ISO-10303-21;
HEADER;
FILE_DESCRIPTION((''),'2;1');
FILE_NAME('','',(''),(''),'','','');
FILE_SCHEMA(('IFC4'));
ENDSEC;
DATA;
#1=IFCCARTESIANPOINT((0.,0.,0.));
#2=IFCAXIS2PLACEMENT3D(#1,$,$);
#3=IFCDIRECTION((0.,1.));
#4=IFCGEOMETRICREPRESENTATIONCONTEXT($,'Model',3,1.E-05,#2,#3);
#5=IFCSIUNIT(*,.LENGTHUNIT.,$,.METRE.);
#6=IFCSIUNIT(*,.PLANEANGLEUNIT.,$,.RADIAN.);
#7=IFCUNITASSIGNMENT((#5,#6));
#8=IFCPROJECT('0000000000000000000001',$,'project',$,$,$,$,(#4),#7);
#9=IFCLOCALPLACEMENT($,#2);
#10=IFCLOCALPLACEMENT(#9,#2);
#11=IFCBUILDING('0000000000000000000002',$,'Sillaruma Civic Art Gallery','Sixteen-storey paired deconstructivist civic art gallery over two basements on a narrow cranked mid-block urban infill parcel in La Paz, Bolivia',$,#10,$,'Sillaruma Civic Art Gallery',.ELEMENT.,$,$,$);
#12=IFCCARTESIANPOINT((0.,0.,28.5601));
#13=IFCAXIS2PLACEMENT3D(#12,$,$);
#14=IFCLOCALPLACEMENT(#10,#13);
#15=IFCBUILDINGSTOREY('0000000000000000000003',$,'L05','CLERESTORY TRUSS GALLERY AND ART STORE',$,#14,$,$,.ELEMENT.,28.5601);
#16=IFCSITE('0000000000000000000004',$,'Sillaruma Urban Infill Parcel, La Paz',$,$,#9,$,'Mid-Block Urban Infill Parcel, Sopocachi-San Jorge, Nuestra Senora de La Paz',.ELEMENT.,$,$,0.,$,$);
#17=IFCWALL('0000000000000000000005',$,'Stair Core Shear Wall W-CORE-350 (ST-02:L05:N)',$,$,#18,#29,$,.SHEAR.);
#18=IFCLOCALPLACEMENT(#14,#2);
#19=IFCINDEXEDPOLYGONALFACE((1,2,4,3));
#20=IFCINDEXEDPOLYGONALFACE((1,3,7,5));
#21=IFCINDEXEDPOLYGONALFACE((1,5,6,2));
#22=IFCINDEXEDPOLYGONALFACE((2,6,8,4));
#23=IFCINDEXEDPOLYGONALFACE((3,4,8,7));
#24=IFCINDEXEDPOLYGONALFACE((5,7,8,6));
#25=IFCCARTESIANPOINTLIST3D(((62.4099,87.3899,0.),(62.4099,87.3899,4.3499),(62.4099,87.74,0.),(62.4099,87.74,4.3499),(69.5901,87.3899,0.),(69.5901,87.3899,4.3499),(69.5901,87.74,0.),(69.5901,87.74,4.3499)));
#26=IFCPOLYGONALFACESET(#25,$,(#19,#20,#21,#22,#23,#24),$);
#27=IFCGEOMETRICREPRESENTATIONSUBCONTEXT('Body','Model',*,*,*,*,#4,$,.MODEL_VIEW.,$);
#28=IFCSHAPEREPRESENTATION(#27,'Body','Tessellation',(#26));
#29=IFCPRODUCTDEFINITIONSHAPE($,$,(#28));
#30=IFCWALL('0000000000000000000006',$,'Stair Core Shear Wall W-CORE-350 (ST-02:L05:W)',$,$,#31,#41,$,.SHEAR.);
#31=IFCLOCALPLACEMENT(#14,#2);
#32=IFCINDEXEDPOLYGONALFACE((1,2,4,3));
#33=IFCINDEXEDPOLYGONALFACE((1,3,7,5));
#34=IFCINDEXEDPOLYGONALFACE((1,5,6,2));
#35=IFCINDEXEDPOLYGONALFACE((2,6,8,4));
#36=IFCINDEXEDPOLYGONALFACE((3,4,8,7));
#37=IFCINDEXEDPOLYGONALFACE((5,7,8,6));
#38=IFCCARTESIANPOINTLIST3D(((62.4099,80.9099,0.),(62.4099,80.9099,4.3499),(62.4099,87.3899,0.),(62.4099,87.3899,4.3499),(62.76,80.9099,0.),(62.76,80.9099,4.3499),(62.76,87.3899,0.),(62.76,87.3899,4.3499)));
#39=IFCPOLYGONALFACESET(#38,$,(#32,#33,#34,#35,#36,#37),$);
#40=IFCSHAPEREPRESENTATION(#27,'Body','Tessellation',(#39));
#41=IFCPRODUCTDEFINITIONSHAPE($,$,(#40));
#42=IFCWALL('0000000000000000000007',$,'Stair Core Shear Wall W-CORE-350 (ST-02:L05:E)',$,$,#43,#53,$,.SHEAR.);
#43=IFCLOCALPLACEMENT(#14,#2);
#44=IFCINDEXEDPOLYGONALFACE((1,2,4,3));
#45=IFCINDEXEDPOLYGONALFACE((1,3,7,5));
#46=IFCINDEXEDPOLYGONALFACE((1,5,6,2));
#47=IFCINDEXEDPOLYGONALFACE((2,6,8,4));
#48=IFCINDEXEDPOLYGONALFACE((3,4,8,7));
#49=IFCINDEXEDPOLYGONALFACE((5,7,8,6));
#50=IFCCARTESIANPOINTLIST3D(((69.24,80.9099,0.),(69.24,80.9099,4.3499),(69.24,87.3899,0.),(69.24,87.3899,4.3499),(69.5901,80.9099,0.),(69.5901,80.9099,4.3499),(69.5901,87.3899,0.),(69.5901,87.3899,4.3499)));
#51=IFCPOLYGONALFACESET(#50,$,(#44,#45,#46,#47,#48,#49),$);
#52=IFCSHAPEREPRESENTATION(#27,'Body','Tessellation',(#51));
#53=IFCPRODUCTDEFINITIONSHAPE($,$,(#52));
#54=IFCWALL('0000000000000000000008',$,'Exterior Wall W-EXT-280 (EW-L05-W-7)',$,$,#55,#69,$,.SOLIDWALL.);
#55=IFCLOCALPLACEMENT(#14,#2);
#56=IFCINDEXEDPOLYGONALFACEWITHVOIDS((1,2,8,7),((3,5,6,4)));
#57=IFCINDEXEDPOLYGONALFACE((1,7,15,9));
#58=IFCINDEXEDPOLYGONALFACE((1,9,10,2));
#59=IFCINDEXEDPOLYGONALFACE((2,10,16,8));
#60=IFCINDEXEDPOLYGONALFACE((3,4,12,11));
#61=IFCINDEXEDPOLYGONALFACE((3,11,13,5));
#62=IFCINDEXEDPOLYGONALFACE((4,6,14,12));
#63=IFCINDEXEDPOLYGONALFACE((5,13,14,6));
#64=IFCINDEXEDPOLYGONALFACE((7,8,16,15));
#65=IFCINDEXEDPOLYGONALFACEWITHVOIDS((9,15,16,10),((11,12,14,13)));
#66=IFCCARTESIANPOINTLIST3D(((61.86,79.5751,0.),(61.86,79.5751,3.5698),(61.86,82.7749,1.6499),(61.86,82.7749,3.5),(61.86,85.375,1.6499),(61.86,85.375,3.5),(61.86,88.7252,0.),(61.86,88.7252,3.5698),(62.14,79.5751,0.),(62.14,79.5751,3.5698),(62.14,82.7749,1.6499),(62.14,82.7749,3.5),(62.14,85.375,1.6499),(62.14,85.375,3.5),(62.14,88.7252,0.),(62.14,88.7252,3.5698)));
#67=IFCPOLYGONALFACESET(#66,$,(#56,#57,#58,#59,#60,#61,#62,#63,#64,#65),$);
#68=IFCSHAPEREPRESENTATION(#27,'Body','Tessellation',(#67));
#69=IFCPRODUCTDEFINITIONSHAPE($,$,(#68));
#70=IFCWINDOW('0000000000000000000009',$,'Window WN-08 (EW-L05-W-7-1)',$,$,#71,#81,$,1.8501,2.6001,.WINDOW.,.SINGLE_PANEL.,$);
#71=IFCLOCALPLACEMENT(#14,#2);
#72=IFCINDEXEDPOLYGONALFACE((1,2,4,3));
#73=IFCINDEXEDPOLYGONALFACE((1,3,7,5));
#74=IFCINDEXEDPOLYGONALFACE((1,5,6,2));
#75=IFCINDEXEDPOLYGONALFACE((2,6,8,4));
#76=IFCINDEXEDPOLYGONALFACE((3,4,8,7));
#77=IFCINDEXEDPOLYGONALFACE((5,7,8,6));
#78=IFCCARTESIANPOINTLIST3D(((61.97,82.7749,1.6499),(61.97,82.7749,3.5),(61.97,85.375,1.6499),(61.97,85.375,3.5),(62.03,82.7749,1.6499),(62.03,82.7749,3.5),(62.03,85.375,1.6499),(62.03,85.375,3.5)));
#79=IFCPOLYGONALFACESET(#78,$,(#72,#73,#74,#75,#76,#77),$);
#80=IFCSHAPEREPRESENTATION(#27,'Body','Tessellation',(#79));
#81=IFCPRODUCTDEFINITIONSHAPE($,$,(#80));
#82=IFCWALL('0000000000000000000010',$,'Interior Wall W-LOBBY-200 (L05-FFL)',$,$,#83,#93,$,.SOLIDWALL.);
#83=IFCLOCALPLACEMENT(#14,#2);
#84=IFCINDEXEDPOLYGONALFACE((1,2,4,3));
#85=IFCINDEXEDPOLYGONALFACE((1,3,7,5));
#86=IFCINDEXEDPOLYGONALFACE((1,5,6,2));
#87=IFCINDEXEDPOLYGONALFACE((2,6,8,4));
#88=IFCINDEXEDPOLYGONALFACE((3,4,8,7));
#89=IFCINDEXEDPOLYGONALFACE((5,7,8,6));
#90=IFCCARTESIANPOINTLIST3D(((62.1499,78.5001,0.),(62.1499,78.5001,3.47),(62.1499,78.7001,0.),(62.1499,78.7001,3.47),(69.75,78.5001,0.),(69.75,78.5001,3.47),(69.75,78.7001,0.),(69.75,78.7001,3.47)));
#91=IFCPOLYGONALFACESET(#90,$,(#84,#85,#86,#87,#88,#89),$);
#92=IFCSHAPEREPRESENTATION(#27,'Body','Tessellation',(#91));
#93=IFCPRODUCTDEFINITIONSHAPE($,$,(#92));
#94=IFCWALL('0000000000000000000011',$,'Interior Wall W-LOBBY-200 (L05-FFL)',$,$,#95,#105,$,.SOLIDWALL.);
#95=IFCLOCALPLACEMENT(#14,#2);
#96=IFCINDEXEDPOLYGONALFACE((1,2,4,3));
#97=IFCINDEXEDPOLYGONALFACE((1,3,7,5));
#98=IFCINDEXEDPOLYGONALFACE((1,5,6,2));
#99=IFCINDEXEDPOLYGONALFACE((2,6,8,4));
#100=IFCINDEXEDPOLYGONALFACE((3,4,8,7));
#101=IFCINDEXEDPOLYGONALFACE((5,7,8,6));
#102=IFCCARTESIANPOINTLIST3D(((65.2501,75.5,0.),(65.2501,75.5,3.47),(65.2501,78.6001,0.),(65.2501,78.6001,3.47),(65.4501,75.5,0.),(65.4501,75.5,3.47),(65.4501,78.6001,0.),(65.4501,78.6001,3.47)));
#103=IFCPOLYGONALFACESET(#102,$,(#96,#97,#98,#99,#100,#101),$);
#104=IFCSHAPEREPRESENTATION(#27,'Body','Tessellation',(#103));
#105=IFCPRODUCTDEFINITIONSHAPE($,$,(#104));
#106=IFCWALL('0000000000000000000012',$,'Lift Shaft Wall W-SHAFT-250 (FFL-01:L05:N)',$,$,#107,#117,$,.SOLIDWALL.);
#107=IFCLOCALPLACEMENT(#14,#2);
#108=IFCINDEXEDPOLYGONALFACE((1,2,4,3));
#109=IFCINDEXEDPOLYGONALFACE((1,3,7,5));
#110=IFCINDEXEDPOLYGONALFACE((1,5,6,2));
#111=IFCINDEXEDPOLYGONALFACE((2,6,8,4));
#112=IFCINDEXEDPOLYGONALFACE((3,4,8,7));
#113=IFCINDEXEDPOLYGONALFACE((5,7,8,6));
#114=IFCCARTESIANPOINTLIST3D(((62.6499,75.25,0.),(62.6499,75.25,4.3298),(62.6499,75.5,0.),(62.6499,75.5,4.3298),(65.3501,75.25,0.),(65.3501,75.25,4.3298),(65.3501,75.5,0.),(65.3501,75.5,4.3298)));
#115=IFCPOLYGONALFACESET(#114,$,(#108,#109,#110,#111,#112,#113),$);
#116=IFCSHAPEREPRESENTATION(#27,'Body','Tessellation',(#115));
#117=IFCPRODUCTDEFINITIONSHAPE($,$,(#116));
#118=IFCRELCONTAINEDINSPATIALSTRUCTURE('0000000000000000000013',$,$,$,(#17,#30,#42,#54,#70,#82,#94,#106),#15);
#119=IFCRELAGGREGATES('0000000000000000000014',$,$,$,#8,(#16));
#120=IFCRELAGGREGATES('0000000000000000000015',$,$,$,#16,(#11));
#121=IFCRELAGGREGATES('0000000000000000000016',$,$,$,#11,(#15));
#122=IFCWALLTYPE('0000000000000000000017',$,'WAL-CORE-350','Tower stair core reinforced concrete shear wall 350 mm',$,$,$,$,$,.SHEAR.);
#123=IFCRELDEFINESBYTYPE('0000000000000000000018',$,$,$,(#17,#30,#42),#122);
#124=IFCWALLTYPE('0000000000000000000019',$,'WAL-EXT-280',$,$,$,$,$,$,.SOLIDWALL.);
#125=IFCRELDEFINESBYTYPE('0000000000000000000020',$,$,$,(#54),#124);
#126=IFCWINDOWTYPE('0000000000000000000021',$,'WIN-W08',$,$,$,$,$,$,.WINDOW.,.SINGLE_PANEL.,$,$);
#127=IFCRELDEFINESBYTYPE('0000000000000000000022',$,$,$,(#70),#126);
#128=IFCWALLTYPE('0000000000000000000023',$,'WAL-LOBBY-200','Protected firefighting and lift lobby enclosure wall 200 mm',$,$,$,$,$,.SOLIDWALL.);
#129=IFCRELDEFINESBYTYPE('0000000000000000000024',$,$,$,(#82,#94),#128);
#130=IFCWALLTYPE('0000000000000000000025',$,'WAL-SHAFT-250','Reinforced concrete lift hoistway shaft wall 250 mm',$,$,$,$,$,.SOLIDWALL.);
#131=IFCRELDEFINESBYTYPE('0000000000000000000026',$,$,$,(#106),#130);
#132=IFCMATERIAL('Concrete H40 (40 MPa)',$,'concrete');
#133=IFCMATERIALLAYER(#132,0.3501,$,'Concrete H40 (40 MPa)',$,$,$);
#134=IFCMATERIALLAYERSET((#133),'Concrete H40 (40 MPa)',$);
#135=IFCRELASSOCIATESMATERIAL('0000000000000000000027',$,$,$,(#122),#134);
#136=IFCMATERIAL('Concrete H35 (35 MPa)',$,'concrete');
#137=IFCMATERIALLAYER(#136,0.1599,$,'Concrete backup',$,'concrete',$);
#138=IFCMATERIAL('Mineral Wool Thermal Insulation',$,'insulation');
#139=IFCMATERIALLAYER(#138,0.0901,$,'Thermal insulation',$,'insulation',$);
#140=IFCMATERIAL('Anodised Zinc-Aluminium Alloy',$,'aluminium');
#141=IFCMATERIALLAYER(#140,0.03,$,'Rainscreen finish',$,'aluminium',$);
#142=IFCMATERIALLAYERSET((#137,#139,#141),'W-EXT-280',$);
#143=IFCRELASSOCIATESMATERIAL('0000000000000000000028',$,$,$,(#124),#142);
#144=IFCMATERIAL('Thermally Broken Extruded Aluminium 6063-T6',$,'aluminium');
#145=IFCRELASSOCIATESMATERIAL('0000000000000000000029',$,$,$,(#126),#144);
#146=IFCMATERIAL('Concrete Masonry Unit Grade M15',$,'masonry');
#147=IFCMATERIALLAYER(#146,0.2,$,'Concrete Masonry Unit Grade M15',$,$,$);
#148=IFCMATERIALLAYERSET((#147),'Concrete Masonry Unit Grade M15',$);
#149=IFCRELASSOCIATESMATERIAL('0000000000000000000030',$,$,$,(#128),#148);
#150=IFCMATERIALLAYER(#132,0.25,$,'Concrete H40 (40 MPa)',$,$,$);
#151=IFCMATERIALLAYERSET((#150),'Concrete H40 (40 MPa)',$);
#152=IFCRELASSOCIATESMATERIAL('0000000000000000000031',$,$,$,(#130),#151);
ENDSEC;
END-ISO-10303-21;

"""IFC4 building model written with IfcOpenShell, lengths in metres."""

from ifc_helpers import new_model, si_unit, direction, frame, frame_2d, origin, place, context, subcontext, project, spatial, rectangle, extrude, material, layer, layer_set, type_object, element, fill, save


model = new_model("IFC4")

# Units and contexts
model_context = context("Model", 3, precision=1e-05, world=origin(), true_north=direction((0.0, 1.0)))
body_context = subcontext(model_context, "Body", "Model", "MODEL_VIEW")
ifc_project = project(units=[si_unit("LENGTHUNIT", "METRE"), si_unit("PLANEANGLEUNIT", "RADIAN")], contexts=[model_context])

# Site, building, storey
site_placement = place(None, origin())
site = spatial("IfcSite", under=ifc_project, at=site_placement, Name="Sillaruma Urban Infill Parcel, La Paz", LongName="Mid-Block Urban Infill Parcel, Sopocachi-San Jorge, Nuestra Senora de La Paz", CompositionType="ELEMENT", RefElevation=0.0)
building_placement = place(site_placement, origin())
building = spatial("IfcBuilding", under=site, at=building_placement, Name="Sillaruma Civic Art Gallery", Description="Sixteen-storey paired deconstructivist civic art gallery over two basements on a narrow cranked mid-block urban infill parcel in La Paz, Bolivia", LongName="Sillaruma Civic Art Gallery", CompositionType="ELEMENT")
storey_placement = place(building_placement, frame((0.0, 0.0, 28.5601)))
storey = spatial("IfcBuildingStorey", under=building, at=storey_placement, Name="L05", Description="CLERESTORY TRUSS GALLERY AND ART STORE", CompositionType="ELEMENT", Elevation=28.5601)

# Shared definitions
ifc_material_1 = material(Name="Concrete H40 (40 MPa)", Category="concrete")

# Shared definitions
ifc_material_2 = material(Name="Concrete H35 (35 MPa)", Category="concrete")

# Shared definitions
ifc_material_3 = material(Name="Thermally Broken Extruded Aluminium 6063-T6", Category="aluminium")
ifc_material_4 = material(Name="Anodised Zinc-Aluminium Alloy", Category="aluminium")

# Shared definitions
ifc_layer_1 = layer(ifc_material_1, 0.3501, Name="Concrete H40 (40 MPa)")
ifc_layer_set_1 = layer_set([ifc_layer_1], Name="Concrete H40 (40 MPa)")
wall_type_1 = type_object("IfcWallType", Name="WAL-CORE-350", Description="Tower stair core reinforced concrete shear wall 350 mm", PredefinedType="SHEAR", material=ifc_layer_set_1)

# Walls
wall_1_placement = place(storey_placement, frame((62.4099, 87.5649, 0.0), z_axis=(0.0, 0.0, 1.0), x_axis=(1.0, 0.0, 0.0)))
element("IfcWall", 1, at=wall_1_placement, inside=storey, type_object=wall_type_1, Name="Stair Core Shear Wall W-CORE-350 (ST-02:L05:N)", PredefinedType="SHEAR", context=body_context, shape_type="SweptSolid", body=[
    extrude(rectangle(XDim=7.1802, YDim=0.3501, at=frame_2d((3.5901, 0.0))), origin(), (0.0, 0.0, 1.0), 4.3499),
])
for number, where, z_axis, x_axis, name in (
    (2, (62.585, 80.9099, 0.0), (0.0, 0.0, 1.0), (0.0, 1.0, 0.0), "Stair Core Shear Wall W-CORE-350 (ST-02:L05:W)"),
    (3, (69.415, 80.9099, 0.0), (0.0, 0.0, 1.0), (0.0, 1.0, 0.0), "Stair Core Shear Wall W-CORE-350 (ST-02:L05:E)"),
):
    element("IfcWall", number, at=place(storey_placement, frame(where, z_axis=z_axis, x_axis=x_axis)), inside=storey, type_object=wall_type_1, Name=name, PredefinedType="SHEAR", context=body_context, shape_type="SweptSolid", body=[
        extrude(rectangle(XDim=6.48, YDim=0.3501, at=frame_2d((3.24, 0.0))), origin(), (0.0, 0.0, 1.0), 4.3499),
    ])

# Wall, opening, window
ifc_layer_2 = layer(ifc_material_2, 0.1599, Name="Concrete backup", Category="concrete")
ifc_material_5 = material(Name="Mineral Wool Thermal Insulation", Category="insulation")
ifc_layer_3 = layer(ifc_material_5, 0.0901, Name="Thermal insulation", Category="insulation")
ifc_layer_4 = layer(ifc_material_4, 0.03, Name="Rainscreen finish", Category="aluminium")
ifc_layer_set_2 = layer_set([ifc_layer_2, ifc_layer_3, ifc_layer_4], Name="W-EXT-280")
wall_type_2 = type_object("IfcWallType", Name="WAL-EXT-280", PredefinedType="SOLIDWALL", material=ifc_layer_set_2)
wall_2_placement = place(storey_placement, frame((62.0, 79.575, 0.0), z_axis=(0.0, 0.0, 1.0), x_axis=(0.0, 1.0, 0.0)))
wall_2 = element("IfcWall", 4, at=wall_2_placement, inside=storey, type_object=wall_type_2, Name="Exterior Wall W-EXT-280 (EW-L05-W-7)", PredefinedType="SOLIDWALL", context=body_context, shape_type="SweptSolid", body=[
    extrude(rectangle(XDim=9.1501, YDim=0.28, at=frame_2d((4.5752, 0.0))), origin(), (0.0, 0.0, 1.0), 3.5698),
])
opening_1_placement = place(wall_2_placement, frame((3.2, 0.0, 1.6499)))
opening_1 = element("IfcOpeningElement", 5, at=opening_1_placement, cuts=wall_2, PredefinedType="OPENING", context=body_context, shape_type="SweptSolid", body=[
    extrude(rectangle(XDim=2.6001, YDim=1.8501, at=frame_2d((1.3, 0.925))), frame((0.0, 0.1499, 0.0), z_axis=(0.0, -1.0, 0.0), x_axis=(1.0, 0.0, 0.0)), (0.0, 0.0, 1.0), 0.3),
])
window_type = type_object("IfcWindowType", Name="WIN-W08", PartitioningType="SINGLE_PANEL", PredefinedType="WINDOW", material=ifc_material_3)
window_placement = place(opening_1_placement, origin())
window = element("IfcWindow", 6, at=window_placement, inside=storey, type_object=window_type, Name="Window WN-08 (EW-L05-W-7-1)", OverallHeight=1.8501, OverallWidth=2.6001, PartitioningType="SINGLE_PANEL", PredefinedType="WINDOW", context=body_context, shape_type="SweptSolid", body=[
    extrude(rectangle(XDim=2.6001, YDim=1.8501, at=frame_2d((1.3, 0.925))), frame((0.0, 0.03, 0.0), z_axis=(0.0, -1.0, 0.0), x_axis=(1.0, 0.0, 0.0)), (0.0, 0.0, 1.0), 0.0601),
])
fill(opening_1, window)

# Walls
ifc_material_6 = material(Name="Concrete Masonry Unit Grade M15", Category="masonry")
ifc_layer_5 = layer(ifc_material_6, 0.2, Name="Concrete Masonry Unit Grade M15")
ifc_layer_set_3 = layer_set([ifc_layer_5], Name="Concrete Masonry Unit Grade M15")
wall_type_3 = type_object("IfcWallType", Name="WAL-LOBBY-200", Description="Protected firefighting and lift lobby enclosure wall 200 mm", PredefinedType="SOLIDWALL", material=ifc_layer_set_3)
wall_3_placement = place(storey_placement, frame((62.1499, 78.6001, 0.0), z_axis=(0.0, 0.0, 1.0), x_axis=(1.0, 0.0, 0.0)))
element("IfcWall", 7, at=wall_3_placement, inside=storey, type_object=wall_type_3, Name="Interior Wall W-LOBBY-200 (L05-FFL)", PredefinedType="SOLIDWALL", context=body_context, shape_type="SweptSolid", body=[
    extrude(rectangle(XDim=7.6001, YDim=0.2, at=frame_2d((3.8, 0.0))), origin(), (0.0, 0.0, 1.0), 3.47),
])
wall_4_placement = place(storey_placement, frame((65.3501, 75.5, 0.0), z_axis=(0.0, 0.0, 1.0), x_axis=(0.0, 1.0, 0.0)))
element("IfcWall", 8, at=wall_4_placement, inside=storey, type_object=wall_type_3, Name="Interior Wall W-LOBBY-200 (L05-FFL)", PredefinedType="SOLIDWALL", context=body_context, shape_type="SweptSolid", body=[
    extrude(rectangle(XDim=3.1001, YDim=0.2, at=frame_2d((1.55, 0.0))), origin(), (0.0, 0.0, 1.0), 3.47),
])
ifc_layer_6 = layer(ifc_material_1, 0.25, Name="Concrete H40 (40 MPa)")
ifc_layer_set_4 = layer_set([ifc_layer_6], Name="Concrete H40 (40 MPa)")
wall_type_4 = type_object("IfcWallType", Name="WAL-SHAFT-250", Description="Reinforced concrete lift hoistway shaft wall 250 mm", PredefinedType="SOLIDWALL", material=ifc_layer_set_4)
wall_5_placement = place(storey_placement, frame((62.6499, 75.375, 0.0), z_axis=(0.0, 0.0, 1.0), x_axis=(1.0, 0.0, 0.0)))
element("IfcWall", 9, at=wall_5_placement, inside=storey, type_object=wall_type_4, Name="Lift Shaft Wall W-SHAFT-250 (FFL-01:L05:N)", PredefinedType="SOLIDWALL", context=body_context, shape_type="SweptSolid", body=[
    extrude(rectangle(XDim=2.7002, YDim=0.25, at=frame_2d((1.3501, 0.0))), origin(), (0.0, 0.0, 1.0), 4.3298),
])

save(model, "model.ifc")
